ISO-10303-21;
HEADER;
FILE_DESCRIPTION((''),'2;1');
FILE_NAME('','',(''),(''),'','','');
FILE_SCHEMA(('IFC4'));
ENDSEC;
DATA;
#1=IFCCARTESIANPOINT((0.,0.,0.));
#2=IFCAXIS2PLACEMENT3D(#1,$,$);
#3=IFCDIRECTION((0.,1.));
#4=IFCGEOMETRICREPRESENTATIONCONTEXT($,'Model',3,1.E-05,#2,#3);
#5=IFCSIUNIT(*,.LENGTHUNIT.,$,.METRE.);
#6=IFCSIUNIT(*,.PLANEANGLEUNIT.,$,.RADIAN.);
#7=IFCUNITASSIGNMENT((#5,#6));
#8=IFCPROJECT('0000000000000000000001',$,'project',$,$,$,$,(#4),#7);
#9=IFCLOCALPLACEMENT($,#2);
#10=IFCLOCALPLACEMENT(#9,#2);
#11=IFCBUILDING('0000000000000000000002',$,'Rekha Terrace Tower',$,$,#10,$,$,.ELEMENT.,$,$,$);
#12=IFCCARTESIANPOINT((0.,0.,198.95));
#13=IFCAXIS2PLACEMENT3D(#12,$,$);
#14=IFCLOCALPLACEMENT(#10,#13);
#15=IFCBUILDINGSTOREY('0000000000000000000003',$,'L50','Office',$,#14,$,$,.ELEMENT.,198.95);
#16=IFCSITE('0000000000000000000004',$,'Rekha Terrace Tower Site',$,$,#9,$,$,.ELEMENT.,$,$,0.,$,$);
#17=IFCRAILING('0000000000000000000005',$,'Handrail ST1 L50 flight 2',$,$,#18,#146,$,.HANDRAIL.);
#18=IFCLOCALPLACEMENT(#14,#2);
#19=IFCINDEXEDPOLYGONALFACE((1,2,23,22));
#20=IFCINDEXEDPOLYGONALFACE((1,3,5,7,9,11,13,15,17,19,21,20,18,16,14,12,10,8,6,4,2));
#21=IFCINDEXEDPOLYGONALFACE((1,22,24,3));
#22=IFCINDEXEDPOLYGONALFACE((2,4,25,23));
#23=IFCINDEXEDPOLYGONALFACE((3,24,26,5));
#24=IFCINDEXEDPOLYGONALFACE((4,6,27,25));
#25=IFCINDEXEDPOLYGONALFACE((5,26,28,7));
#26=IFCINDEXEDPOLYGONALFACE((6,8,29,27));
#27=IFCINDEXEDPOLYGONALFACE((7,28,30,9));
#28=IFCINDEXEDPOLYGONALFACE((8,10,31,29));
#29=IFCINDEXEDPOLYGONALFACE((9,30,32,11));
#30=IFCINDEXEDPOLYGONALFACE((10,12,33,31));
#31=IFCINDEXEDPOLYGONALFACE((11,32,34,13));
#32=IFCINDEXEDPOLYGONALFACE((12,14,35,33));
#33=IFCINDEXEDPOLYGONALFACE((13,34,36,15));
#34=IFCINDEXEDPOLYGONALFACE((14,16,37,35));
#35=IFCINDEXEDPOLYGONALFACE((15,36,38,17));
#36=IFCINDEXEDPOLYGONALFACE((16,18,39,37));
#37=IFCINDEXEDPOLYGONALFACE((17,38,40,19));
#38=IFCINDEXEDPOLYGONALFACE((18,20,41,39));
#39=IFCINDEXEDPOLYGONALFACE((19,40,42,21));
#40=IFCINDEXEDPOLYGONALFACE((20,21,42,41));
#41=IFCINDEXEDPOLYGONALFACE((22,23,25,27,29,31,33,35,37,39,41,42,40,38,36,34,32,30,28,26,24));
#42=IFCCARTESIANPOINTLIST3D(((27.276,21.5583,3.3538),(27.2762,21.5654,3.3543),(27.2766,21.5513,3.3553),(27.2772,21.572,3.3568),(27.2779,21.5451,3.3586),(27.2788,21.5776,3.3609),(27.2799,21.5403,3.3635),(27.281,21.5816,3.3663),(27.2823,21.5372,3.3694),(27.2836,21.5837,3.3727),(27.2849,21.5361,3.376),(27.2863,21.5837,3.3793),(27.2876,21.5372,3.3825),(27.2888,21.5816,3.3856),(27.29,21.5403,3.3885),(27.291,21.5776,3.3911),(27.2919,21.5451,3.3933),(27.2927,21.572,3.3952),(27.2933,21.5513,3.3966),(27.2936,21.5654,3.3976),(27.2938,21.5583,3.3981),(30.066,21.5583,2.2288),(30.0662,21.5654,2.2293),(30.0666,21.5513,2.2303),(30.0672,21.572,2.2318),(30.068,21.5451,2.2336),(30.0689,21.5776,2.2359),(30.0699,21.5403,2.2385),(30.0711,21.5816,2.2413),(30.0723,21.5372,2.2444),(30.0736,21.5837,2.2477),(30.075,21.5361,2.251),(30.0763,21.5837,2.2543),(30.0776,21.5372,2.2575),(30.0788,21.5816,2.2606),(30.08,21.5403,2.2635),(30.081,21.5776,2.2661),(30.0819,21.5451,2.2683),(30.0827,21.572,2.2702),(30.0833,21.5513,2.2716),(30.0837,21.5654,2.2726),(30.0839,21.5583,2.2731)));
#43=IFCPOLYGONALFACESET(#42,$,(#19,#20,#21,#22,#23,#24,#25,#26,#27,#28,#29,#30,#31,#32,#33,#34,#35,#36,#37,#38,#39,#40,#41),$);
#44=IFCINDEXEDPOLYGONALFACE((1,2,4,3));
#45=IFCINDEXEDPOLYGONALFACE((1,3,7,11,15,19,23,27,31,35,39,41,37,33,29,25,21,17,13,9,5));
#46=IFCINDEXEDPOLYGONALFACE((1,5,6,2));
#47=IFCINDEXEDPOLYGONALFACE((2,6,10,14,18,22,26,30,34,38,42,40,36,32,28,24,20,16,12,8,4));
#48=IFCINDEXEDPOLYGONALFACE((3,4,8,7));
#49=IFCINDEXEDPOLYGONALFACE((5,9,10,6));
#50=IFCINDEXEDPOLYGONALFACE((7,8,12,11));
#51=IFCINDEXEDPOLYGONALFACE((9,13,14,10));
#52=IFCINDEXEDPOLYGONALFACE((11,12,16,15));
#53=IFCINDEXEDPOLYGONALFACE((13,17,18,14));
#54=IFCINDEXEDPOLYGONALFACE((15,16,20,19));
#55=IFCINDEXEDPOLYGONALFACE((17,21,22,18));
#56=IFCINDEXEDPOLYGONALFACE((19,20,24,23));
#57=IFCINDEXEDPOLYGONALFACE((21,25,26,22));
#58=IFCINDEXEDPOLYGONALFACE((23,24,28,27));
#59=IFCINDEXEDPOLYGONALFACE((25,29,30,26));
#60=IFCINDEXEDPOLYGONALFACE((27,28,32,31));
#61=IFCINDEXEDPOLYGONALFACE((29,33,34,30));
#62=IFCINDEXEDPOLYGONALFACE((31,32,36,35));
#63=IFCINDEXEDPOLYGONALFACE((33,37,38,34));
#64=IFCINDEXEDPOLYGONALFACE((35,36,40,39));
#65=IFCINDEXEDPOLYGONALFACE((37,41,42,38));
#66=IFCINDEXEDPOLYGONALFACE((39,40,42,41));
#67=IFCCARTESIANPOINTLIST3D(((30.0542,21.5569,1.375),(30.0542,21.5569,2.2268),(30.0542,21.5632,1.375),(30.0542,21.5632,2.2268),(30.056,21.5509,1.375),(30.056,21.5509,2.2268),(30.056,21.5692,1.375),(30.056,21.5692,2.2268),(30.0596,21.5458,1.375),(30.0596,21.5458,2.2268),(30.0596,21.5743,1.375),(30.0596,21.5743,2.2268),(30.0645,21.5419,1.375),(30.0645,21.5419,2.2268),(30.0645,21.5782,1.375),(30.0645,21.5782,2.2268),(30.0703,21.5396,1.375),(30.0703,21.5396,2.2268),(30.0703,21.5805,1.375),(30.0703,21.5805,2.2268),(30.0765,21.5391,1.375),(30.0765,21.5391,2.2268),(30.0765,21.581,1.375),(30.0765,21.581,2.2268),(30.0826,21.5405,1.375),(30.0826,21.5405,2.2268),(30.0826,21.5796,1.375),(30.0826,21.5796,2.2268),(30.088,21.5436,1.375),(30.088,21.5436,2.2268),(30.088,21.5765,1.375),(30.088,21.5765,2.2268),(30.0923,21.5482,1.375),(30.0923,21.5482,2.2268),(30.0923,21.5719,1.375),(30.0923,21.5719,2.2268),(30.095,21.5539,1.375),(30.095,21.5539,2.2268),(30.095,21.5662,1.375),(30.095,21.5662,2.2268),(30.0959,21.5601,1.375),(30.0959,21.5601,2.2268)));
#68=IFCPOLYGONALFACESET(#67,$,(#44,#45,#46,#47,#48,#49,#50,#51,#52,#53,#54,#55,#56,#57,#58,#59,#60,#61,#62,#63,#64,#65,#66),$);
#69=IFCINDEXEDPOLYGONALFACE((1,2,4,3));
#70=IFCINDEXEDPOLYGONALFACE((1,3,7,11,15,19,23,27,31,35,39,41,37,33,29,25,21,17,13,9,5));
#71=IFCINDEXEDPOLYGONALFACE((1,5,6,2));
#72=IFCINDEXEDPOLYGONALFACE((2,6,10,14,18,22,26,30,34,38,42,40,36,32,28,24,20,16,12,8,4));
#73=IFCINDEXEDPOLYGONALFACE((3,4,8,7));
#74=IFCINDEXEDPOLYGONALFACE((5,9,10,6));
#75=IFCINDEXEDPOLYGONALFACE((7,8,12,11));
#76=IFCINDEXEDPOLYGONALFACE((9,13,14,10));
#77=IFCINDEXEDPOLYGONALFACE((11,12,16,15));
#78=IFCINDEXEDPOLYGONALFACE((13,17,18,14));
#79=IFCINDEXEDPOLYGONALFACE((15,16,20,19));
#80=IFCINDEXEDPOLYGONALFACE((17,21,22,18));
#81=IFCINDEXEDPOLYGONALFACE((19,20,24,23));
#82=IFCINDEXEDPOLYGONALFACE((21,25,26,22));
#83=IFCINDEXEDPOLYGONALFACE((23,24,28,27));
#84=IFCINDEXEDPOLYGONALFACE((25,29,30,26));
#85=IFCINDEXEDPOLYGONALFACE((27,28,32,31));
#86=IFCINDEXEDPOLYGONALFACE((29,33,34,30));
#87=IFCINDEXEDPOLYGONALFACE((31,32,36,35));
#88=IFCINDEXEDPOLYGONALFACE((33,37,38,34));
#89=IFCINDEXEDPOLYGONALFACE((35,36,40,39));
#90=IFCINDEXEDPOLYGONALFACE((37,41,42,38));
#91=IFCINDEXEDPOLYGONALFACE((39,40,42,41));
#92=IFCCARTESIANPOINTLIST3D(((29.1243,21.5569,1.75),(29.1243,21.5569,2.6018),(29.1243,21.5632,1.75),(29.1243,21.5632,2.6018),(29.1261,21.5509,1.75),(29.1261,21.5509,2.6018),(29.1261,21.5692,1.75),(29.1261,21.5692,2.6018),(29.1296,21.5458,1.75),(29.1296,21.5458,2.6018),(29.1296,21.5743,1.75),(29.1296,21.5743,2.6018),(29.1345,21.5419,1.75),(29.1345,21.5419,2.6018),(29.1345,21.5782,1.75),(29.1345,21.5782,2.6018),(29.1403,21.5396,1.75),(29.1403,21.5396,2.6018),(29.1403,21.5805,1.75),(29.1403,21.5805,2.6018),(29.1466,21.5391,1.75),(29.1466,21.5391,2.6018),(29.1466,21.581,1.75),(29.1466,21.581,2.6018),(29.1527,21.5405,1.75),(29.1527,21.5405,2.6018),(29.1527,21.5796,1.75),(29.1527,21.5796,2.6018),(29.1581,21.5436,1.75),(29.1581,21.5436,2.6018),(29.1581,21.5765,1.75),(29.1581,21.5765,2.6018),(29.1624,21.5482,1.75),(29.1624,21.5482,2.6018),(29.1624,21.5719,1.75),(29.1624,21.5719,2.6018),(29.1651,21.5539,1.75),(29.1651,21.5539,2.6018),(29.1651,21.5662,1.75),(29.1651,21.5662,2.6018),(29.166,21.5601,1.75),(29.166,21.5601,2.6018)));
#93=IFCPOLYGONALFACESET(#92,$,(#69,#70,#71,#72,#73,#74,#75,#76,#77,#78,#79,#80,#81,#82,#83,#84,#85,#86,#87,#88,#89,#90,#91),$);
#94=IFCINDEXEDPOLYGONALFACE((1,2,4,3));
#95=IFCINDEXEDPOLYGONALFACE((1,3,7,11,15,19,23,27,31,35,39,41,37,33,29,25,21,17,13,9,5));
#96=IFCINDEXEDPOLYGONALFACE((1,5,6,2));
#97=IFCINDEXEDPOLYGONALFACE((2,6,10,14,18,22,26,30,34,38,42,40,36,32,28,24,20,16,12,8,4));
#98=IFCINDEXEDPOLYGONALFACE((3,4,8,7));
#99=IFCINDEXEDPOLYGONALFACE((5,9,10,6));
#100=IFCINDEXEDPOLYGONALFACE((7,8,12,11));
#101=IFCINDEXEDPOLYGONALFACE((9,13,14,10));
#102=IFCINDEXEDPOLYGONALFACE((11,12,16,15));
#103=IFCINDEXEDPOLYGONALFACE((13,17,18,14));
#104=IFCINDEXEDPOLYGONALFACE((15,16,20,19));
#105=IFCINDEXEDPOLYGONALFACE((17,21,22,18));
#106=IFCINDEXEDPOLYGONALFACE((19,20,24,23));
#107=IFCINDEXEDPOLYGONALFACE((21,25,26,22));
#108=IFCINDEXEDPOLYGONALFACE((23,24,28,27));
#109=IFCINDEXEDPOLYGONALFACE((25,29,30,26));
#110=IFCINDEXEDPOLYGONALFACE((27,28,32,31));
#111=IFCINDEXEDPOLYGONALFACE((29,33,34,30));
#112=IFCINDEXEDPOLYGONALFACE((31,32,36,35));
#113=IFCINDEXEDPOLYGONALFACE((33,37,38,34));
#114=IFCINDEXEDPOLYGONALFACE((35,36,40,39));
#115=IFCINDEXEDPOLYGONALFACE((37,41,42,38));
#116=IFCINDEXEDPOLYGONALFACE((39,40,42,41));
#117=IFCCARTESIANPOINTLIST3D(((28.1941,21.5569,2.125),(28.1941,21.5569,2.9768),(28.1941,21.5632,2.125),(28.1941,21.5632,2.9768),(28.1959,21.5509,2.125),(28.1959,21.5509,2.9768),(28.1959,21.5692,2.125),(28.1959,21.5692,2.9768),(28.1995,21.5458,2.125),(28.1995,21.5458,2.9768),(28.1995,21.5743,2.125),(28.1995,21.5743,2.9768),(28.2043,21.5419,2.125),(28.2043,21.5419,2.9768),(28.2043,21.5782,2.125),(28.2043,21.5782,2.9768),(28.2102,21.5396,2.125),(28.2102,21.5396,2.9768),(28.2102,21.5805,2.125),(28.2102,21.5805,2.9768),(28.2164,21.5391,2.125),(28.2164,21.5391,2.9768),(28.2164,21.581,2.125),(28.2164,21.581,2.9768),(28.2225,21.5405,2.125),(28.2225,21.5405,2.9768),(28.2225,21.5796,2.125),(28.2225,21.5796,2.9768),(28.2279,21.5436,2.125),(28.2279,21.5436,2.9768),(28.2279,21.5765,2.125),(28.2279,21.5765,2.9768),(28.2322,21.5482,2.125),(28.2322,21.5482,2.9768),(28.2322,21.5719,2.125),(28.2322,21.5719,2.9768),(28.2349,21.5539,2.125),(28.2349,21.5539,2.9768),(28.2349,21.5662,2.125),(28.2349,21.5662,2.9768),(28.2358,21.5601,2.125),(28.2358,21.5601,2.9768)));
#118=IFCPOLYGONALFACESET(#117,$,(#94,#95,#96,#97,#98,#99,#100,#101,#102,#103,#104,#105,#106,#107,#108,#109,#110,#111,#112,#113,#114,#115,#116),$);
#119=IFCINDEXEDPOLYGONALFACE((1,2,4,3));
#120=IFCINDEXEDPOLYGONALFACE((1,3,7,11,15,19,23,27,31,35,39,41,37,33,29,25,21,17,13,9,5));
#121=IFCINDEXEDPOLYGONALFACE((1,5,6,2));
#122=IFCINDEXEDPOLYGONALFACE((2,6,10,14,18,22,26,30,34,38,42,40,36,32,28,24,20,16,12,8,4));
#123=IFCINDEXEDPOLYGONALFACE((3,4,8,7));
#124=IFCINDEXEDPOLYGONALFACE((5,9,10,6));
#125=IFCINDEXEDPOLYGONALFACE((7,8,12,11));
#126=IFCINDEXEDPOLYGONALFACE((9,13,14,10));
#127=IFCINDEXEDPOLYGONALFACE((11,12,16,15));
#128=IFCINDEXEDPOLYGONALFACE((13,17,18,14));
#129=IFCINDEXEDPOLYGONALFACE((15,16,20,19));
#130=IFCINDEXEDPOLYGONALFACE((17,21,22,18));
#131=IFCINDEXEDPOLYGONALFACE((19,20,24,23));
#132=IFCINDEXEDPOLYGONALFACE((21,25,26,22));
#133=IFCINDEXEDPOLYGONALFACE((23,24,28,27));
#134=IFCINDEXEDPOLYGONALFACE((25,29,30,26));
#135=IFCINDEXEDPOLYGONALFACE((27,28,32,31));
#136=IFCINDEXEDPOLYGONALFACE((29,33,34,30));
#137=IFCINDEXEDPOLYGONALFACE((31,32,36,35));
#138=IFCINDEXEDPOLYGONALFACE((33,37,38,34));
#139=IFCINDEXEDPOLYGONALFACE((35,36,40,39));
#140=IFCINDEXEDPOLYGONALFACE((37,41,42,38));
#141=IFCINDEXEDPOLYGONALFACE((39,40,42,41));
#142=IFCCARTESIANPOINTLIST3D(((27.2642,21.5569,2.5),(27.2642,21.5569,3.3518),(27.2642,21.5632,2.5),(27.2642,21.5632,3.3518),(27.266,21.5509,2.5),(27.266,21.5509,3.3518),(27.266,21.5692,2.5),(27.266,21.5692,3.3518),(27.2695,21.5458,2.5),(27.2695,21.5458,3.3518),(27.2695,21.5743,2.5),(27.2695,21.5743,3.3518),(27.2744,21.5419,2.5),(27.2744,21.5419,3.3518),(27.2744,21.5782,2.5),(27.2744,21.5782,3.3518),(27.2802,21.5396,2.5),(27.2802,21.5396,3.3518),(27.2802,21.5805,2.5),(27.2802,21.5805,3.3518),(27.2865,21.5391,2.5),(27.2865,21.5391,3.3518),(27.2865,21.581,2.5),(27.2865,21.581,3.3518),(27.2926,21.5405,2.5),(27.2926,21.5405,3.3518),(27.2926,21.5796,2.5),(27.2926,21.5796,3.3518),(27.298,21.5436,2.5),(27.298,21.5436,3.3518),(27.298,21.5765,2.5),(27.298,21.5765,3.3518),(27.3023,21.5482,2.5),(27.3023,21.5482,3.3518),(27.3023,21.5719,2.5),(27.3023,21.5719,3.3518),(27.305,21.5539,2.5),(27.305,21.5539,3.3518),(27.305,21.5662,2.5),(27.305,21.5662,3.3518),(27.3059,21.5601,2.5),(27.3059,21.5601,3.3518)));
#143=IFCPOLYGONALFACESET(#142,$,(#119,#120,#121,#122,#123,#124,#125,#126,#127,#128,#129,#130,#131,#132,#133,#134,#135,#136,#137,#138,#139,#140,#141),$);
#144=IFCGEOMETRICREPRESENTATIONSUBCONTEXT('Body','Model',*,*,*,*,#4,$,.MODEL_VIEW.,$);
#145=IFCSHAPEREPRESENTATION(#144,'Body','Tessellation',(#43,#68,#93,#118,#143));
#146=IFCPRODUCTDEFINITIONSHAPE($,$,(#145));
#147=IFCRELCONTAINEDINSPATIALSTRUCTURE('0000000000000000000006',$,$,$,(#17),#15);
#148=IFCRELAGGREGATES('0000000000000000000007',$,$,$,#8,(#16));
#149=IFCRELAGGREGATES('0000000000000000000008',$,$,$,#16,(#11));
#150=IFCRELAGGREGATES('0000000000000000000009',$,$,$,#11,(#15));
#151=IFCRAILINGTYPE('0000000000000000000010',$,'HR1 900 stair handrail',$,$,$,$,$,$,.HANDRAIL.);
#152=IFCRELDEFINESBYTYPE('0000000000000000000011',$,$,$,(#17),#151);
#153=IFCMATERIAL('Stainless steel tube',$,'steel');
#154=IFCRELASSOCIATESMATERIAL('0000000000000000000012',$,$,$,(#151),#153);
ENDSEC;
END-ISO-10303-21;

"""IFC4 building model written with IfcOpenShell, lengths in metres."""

from ifc_helpers import new_model, si_unit, direction, frame, origin, origin_2d, place, context, subcontext, project, spatial, circle, extrude, material, type_object, element, save


model = new_model("IFC4")

# Units and contexts
model_context = context("Model", 3, precision=1e-05, world=origin(), true_north=direction((0.0, 1.0)))
body_context = subcontext(model_context, "Body", "Model", "MODEL_VIEW")
ifc_project = project(units=[si_unit("LENGTHUNIT", "METRE"), si_unit("PLANEANGLEUNIT", "RADIAN")], contexts=[model_context])

# Site, building, storey
site_placement = place(None, origin())
site = spatial("IfcSite", under=ifc_project, at=site_placement, Name="Rekha Terrace Tower Site", CompositionType="ELEMENT", RefElevation=0.0)
building_placement = place(site_placement, origin())
building = spatial("IfcBuilding", under=site, at=building_placement, Name="Rekha Terrace Tower", CompositionType="ELEMENT")
storey_placement = place(building_placement, frame((0.0, 0.0, 198.95)))
storey = spatial("IfcBuildingStorey", under=building, at=storey_placement, Name="L50", Description="Office", CompositionType="ELEMENT", Elevation=198.95)

# Railing
ifc_material_1 = material(Name="Stainless steel tube", Category="steel")
railing_type_1 = type_object("IfcRailingType", Name="HR1 900 stair handrail", PredefinedType="HANDRAIL", material=ifc_material_1)
railing_1_placement = place(storey_placement, frame((30.075, 21.5601, 1.375)))
element("IfcRailing", 1, at=railing_1_placement, inside=storey, type_object=railing_type_1, Name="Handrail ST1 L50 flight 2", PredefinedType="HANDRAIL", context=body_context, shape_type="SweptSolid", body=[
    extrude(circle(Radius=0.0239, at=origin_2d()), frame((0.0, 0.0, 0.876), z_axis=(-0.927443, 0.0, 0.373964), x_axis=(0.0, -1.0, 0.0)), (0.0, 0.0, 1.0), 3.0083),
    extrude(circle(Radius=0.021, at=origin_2d()), origin(), (0.0, 0.0, 1.0), 0.8518),
    extrude(circle(Radius=0.021, at=origin_2d()), frame((-0.9299, 0.0, 0.375)), (0.0, 0.0, 1.0), 0.8518),
    extrude(circle(Radius=0.021, at=origin_2d()), frame((-1.8601, 0.0, 0.75)), (0.0, 0.0, 1.0), 0.8518),
    extrude(circle(Radius=0.021, at=origin_2d()), frame((-2.79, 0.0, 1.125)), (0.0, 0.0, 1.0), 0.8518),
])

save(model, "model.ifc")
